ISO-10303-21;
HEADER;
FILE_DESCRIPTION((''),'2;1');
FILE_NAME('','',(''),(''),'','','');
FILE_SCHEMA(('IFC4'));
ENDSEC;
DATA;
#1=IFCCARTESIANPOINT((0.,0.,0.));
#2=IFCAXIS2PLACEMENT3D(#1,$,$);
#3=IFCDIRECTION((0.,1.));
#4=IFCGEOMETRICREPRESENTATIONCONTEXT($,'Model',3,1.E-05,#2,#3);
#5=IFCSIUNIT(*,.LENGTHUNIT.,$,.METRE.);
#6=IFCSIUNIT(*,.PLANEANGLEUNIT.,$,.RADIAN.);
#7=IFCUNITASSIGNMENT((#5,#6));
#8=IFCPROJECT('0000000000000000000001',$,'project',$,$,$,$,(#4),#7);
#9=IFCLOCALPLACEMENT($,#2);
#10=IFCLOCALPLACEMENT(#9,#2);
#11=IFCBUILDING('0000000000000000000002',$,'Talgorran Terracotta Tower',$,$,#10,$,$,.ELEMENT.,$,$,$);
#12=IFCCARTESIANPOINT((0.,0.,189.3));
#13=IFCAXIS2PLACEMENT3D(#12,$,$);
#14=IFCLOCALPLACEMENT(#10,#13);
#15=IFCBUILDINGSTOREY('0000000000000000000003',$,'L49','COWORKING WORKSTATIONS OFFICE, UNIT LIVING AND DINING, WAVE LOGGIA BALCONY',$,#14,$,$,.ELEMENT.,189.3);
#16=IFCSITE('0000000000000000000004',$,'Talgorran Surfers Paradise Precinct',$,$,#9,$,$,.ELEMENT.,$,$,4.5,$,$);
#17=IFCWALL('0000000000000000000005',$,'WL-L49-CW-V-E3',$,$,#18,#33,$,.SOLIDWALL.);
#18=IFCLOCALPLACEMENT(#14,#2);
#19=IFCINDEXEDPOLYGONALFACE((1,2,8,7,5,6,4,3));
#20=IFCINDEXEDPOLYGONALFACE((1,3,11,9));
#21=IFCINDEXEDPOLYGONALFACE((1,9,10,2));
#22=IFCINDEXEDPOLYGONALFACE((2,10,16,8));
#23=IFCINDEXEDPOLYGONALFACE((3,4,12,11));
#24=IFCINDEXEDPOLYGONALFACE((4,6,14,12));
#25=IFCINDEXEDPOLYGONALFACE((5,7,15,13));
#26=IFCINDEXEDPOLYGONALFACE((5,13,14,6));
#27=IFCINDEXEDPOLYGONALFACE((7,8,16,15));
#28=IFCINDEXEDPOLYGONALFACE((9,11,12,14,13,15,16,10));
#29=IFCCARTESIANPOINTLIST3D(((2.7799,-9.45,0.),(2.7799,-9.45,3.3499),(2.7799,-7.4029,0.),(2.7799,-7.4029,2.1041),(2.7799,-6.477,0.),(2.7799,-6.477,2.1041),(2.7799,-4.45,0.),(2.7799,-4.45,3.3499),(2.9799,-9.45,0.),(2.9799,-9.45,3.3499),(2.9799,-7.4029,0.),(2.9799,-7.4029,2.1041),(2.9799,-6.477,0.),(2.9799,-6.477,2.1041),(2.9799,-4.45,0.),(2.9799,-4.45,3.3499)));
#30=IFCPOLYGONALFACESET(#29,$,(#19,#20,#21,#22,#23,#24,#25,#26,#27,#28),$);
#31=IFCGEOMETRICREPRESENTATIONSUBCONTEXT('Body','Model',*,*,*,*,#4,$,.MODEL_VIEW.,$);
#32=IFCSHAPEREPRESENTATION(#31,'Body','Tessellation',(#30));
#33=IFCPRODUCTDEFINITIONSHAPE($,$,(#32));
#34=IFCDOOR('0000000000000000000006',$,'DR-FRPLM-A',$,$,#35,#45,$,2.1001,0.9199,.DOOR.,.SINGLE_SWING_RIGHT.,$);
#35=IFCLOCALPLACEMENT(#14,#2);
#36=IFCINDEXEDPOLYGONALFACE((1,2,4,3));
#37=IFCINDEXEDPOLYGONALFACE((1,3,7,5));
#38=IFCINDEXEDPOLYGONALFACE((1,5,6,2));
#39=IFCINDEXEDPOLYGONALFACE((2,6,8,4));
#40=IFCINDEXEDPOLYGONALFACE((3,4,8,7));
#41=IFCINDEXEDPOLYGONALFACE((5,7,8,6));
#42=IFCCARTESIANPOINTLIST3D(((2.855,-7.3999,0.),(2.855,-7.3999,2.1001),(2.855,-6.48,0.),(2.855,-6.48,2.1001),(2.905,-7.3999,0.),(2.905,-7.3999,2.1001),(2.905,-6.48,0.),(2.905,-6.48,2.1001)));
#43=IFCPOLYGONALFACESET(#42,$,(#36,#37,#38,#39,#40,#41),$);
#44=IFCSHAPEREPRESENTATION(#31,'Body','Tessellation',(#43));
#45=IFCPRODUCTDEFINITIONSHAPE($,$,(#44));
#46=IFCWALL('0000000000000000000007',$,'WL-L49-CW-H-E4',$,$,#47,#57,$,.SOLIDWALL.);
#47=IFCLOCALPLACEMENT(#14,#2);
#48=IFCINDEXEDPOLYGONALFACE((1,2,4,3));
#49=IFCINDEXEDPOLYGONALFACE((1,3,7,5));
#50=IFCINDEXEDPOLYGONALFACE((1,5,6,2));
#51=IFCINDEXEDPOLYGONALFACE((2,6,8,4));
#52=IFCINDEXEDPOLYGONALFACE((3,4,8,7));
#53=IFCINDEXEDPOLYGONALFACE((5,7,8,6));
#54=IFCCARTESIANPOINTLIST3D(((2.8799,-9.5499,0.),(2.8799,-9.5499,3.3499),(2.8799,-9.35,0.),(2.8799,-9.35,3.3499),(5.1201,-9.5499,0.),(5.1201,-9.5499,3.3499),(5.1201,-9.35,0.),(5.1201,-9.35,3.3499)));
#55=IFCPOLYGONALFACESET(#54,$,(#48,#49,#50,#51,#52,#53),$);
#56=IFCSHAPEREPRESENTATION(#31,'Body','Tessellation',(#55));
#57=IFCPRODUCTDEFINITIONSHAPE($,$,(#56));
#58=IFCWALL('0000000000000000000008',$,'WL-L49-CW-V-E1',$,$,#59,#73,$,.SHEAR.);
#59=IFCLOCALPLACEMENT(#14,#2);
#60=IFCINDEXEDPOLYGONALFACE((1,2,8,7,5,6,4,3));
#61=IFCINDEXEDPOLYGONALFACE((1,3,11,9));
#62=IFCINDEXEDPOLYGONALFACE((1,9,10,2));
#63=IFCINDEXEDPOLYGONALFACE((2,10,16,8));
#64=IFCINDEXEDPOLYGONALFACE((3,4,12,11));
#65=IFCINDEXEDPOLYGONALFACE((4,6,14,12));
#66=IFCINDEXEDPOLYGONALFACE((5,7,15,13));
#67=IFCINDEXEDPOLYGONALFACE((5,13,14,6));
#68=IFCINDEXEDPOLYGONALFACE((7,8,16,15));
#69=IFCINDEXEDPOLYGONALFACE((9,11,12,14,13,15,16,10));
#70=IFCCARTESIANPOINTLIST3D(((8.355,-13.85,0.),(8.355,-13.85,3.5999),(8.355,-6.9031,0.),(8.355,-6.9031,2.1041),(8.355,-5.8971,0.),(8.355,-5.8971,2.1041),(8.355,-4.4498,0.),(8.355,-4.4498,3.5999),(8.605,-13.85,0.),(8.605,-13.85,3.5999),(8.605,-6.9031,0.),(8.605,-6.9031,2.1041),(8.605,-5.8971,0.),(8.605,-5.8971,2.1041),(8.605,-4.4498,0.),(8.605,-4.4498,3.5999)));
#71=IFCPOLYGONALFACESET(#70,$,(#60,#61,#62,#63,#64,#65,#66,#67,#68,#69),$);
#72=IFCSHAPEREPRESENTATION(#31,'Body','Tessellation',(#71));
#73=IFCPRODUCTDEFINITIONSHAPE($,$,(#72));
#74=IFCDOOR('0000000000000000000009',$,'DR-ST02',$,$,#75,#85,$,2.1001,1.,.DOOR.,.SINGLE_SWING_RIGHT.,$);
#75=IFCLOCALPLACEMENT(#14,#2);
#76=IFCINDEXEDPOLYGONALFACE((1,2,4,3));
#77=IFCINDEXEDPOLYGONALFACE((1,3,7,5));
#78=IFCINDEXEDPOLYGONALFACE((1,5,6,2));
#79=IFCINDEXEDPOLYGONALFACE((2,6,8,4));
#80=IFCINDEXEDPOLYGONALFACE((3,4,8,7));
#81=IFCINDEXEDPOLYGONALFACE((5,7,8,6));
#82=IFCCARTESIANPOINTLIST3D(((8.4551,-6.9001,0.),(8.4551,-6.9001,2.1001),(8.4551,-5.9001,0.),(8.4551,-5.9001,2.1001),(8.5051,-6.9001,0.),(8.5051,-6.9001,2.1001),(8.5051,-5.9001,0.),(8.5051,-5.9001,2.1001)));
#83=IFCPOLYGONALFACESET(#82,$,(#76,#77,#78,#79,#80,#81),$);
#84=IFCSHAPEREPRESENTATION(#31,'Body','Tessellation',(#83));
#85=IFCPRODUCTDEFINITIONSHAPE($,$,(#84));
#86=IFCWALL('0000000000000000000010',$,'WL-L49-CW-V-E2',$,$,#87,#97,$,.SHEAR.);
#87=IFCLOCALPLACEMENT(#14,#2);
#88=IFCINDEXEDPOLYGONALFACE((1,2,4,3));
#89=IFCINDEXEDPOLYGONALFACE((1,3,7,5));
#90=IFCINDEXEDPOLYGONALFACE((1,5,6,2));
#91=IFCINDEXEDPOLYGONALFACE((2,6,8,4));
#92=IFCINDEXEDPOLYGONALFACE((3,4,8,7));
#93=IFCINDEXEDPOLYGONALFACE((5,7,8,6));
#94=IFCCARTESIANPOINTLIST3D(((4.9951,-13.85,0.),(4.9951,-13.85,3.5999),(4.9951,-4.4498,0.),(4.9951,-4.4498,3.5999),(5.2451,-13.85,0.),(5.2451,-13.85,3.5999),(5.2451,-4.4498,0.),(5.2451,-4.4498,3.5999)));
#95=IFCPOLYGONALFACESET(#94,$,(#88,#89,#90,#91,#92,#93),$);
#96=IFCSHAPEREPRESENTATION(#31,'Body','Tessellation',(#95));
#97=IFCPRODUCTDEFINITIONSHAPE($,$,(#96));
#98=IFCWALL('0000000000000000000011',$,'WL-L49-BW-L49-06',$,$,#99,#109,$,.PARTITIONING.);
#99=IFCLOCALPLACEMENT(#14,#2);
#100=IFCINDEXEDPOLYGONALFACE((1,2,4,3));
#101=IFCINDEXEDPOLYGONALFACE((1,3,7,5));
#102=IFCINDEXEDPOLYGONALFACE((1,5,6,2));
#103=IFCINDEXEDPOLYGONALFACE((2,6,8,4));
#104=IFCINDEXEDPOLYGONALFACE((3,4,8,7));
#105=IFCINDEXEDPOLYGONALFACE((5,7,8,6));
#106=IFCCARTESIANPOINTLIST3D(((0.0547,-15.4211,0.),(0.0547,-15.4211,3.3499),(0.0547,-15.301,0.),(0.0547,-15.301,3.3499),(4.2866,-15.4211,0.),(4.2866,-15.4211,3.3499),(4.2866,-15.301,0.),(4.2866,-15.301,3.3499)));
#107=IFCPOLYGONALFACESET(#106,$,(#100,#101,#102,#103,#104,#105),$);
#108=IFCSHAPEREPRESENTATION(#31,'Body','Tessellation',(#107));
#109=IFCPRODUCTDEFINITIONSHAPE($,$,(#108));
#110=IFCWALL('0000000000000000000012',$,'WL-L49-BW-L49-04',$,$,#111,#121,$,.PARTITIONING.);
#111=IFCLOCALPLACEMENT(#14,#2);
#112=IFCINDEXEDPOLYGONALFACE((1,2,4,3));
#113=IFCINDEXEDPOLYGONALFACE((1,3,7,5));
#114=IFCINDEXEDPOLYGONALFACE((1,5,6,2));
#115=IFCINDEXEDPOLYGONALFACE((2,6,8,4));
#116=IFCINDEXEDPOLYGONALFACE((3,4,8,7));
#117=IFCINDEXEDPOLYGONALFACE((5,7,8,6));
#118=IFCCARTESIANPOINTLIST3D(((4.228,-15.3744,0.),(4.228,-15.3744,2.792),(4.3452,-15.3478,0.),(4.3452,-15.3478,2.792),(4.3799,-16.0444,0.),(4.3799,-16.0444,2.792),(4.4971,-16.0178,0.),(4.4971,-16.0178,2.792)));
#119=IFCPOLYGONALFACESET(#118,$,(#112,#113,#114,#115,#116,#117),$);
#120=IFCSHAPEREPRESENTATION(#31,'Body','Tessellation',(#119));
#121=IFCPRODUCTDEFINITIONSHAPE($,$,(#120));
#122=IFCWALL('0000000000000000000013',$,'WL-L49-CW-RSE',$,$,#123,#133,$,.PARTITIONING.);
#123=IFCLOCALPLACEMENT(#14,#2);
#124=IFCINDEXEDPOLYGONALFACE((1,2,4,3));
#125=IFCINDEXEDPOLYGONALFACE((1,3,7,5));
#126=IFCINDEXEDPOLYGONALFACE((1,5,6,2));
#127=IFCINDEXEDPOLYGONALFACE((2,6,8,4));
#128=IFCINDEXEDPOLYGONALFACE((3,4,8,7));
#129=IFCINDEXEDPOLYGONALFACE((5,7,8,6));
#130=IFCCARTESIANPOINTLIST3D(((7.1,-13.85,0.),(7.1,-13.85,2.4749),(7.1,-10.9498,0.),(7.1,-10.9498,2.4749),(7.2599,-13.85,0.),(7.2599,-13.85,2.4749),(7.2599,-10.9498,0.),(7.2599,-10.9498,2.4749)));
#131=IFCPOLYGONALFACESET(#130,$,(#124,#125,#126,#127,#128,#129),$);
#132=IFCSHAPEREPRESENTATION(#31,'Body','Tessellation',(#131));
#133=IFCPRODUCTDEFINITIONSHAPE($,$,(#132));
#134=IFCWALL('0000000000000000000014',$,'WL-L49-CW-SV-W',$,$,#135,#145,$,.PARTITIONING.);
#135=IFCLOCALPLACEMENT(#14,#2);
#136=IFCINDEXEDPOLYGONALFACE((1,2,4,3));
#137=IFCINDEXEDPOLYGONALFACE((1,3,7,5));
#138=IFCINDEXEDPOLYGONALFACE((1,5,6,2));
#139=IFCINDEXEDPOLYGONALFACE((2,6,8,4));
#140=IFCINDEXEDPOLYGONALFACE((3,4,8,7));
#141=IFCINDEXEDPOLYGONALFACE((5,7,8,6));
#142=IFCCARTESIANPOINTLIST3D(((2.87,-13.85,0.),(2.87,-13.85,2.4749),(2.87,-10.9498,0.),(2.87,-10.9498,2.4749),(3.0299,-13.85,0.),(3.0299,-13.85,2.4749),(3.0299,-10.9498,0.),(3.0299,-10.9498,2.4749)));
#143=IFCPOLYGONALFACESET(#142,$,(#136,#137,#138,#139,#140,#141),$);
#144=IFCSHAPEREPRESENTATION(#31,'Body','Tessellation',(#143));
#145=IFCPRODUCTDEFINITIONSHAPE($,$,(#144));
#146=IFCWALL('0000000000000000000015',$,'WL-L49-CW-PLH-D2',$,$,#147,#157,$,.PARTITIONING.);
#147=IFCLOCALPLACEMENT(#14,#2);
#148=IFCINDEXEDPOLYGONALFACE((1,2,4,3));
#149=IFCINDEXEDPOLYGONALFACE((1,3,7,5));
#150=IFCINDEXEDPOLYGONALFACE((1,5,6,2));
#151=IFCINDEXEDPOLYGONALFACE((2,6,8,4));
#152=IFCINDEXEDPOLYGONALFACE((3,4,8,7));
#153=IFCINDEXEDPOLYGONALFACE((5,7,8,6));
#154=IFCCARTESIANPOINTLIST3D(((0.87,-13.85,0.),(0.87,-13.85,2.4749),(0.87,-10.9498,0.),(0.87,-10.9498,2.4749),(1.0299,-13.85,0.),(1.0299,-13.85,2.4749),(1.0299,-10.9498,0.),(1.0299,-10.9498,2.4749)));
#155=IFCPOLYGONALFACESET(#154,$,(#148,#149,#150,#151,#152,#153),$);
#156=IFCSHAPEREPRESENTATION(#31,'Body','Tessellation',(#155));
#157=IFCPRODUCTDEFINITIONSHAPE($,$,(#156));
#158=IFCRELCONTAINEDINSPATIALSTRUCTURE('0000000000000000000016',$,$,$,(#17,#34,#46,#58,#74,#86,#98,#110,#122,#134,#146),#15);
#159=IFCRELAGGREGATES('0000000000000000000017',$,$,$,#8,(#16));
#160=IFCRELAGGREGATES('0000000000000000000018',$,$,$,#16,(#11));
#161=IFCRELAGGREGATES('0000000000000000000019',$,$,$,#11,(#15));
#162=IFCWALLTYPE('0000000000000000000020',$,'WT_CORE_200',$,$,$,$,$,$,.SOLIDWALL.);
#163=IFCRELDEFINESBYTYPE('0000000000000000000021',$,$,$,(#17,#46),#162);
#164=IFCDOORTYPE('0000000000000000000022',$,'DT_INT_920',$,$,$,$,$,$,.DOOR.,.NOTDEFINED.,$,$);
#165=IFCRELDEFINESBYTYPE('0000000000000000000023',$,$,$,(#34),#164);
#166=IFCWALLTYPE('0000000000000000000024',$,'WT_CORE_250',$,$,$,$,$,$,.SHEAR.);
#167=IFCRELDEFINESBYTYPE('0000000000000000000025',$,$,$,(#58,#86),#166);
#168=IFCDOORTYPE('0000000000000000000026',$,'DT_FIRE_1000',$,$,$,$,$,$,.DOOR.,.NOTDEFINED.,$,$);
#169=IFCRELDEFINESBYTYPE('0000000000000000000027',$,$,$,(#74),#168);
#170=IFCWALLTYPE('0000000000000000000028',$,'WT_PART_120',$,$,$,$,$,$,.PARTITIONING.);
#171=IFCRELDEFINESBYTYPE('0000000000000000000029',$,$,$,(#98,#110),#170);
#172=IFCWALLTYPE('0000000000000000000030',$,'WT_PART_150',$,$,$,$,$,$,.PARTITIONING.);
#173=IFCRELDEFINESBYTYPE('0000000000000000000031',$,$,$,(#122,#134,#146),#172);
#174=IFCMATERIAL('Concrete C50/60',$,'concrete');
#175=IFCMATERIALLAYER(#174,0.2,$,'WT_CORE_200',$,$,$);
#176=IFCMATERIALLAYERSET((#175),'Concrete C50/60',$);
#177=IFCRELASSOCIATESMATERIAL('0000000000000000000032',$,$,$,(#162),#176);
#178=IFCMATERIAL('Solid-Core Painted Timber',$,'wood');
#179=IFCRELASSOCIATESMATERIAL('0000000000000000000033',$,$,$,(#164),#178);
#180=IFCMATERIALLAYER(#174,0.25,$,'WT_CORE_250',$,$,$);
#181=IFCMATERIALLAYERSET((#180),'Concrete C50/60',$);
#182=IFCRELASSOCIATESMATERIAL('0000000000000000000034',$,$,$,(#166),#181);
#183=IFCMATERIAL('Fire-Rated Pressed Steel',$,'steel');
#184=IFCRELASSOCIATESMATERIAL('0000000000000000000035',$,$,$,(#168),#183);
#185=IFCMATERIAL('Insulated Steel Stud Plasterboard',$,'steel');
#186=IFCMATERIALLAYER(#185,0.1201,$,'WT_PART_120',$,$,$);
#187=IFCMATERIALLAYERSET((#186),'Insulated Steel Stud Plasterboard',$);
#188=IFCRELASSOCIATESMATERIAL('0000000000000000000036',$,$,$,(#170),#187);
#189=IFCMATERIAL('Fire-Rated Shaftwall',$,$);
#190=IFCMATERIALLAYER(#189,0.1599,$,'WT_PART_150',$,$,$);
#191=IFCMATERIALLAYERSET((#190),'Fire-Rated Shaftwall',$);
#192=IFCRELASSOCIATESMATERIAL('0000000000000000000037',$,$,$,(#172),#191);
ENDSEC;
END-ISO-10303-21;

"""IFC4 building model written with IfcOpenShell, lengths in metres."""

from ifc_helpers import new_model, si_unit, direction, frame, frame_2d, origin, place, context, subcontext, project, spatial, rectangle, extrude, material, layer, layer_set, type_object, element, fill, save


model = new_model("IFC4")

# Units and contexts
model_context = context("Model", 3, precision=1e-05, world=origin(), true_north=direction((0.0, 1.0)))
body_context = subcontext(model_context, "Body", "Model", "MODEL_VIEW")
ifc_project = project(units=[si_unit("LENGTHUNIT", "METRE"), si_unit("PLANEANGLEUNIT", "RADIAN")], contexts=[model_context])

# Site, building, storey
site_placement = place(None, origin())
site = spatial("IfcSite", under=ifc_project, at=site_placement, Name="Talgorran Surfers Paradise Precinct", CompositionType="ELEMENT", RefElevation=4.5)
building_placement = place(site_placement, origin())
building = spatial("IfcBuilding", under=site, at=building_placement, Name="Talgorran Terracotta Tower", CompositionType="ELEMENT")
storey_placement = place(building_placement, frame((0.0, 0.0, 189.3)))
storey = spatial("IfcBuildingStorey", under=building, at=storey_placement, Name="L49", Description="COWORKING WORKSTATIONS OFFICE, UNIT LIVING AND DINING, WAVE LOGGIA BALCONY", CompositionType="ELEMENT", Elevation=189.3)

# Shared definitions
ifc_material_1 = material(Name="Concrete C50/60", Category="concrete")

# Shared definitions
ifc_layer_1 = layer(ifc_material_1, 0.2, Name="WT_CORE_200")
ifc_layer_set_1 = layer_set([ifc_layer_1], Name="Concrete C50/60")
wall_type_1 = type_object("IfcWallType", Name="WT_CORE_200", PredefinedType="SOLIDWALL", material=ifc_layer_set_1)

# Shared definitions
ifc_material_2 = material(Name="Fire-Rated Pressed Steel", Category="steel")

# Wall, opening, door
wall_1_placement = place(storey_placement, frame((2.8799, -9.45, 0.0), z_axis=(0.0, 0.0, 1.0), x_axis=(0.0, 1.0, 0.0)))
wall_1 = element("IfcWall", 1, at=wall_1_placement, inside=storey, type_object=wall_type_1, Name="WL-L49-CW-V-E3", PredefinedType="SOLIDWALL", context=body_context, shape_type="SweptSolid", body=[
    extrude(rectangle(XDim=5.0, YDim=0.2, at=frame_2d((2.5, 0.0))), origin(), (0.0, 0.0, 1.0), 3.3499),
])
opening_1_placement = place(wall_1_placement, frame((2.05, 0.0, 0.0)))
opening_1 = element("IfcOpeningElement", 2, at=opening_1_placement, cuts=wall_1, PredefinedType="OPENING", context=body_context, shape_type="SweptSolid", body=[
    extrude(rectangle(XDim=0.9259, YDim=2.1041, at=frame_2d((0.46, 1.052))), frame((0.0, 0.1099, 0.0), z_axis=(0.0, -1.0, 0.0), x_axis=(1.0, 0.0, 0.0)), (0.0, 0.0, 1.0), 0.22),
])
ifc_material_3 = material(Name="Solid-Core Painted Timber", Category="wood")
door_type_1 = type_object("IfcDoorType", Name="DT_INT_920", OperationType="NOTDEFINED", PredefinedType="DOOR", material=ifc_material_3)
door_1_placement = place(opening_1_placement, origin())
door_1 = element("IfcDoor", 3, at=door_1_placement, inside=storey, type_object=door_type_1, Name="DR-FRPLM-A", OperationType="SINGLE_SWING_RIGHT", OverallHeight=2.1001, OverallWidth=0.9199, PredefinedType="DOOR", context=body_context, shape_type="SweptSolid", body=[
    extrude(rectangle(XDim=0.9199, YDim=2.1001, at=frame_2d((0.46, 1.05))), frame((0.0, 0.0249, 0.0), z_axis=(0.0, -1.0, 0.0), x_axis=(1.0, 0.0, 0.0)), (0.0, 0.0, 1.0), 0.05),
])
fill(opening_1, door_1)

# Wall
wall_2_placement = place(storey_placement, frame((2.8799, -9.45, 0.0), z_axis=(0.0, 0.0, 1.0), x_axis=(1.0, 0.0, 0.0)))
element("IfcWall", 4, at=wall_2_placement, inside=storey, type_object=wall_type_1, Name="WL-L49-CW-H-E4", PredefinedType="SOLIDWALL", context=body_context, shape_type="SweptSolid", body=[
    extrude(rectangle(XDim=2.2402, YDim=0.2, at=frame_2d((1.1201, 0.0))), origin(), (0.0, 0.0, 1.0), 3.3499),
])

# Wall, opening, door
ifc_layer_2 = layer(ifc_material_1, 0.25, Name="WT_CORE_250")
ifc_layer_set_2 = layer_set([ifc_layer_2], Name="Concrete C50/60")
wall_type_2 = type_object("IfcWallType", Name="WT_CORE_250", PredefinedType="SHEAR", material=ifc_layer_set_2)
wall_3_placement = place(storey_placement, frame((8.48, -13.8501, 0.0), z_axis=(0.0, 0.0, 1.0), x_axis=(0.0, 1.0, 0.0)))
wall_3 = element("IfcWall", 5, at=wall_3_placement, inside=storey, type_object=wall_type_2, Name="WL-L49-CW-V-E1", PredefinedType="SHEAR", context=body_context, shape_type="SweptSolid", body=[
    extrude(rectangle(XDim=9.4001, YDim=0.25, at=frame_2d((4.7002, 0.0))), origin(), (0.0, 0.0, 1.0), 3.5999),
])
opening_2_placement = place(wall_3_placement, frame((6.95, 0.0, 0.0)))
opening_2 = element("IfcOpeningElement", 6, at=opening_2_placement, cuts=wall_3, PredefinedType="OPENING", context=body_context, shape_type="SweptSolid", body=[
    extrude(rectangle(XDim=1.006, YDim=2.1041, at=frame_2d((0.5, 1.052))), frame((0.0, 0.135, 0.0), z_axis=(0.0, -1.0, 0.0), x_axis=(1.0, 0.0, 0.0)), (0.0, 0.0, 1.0), 0.27),
])
door_type_2 = type_object("IfcDoorType", Name="DT_FIRE_1000", OperationType="NOTDEFINED", PredefinedType="DOOR", material=ifc_material_2)
door_2_placement = place(opening_2_placement, origin())
door_2 = element("IfcDoor", 7, at=door_2_placement, inside=storey, type_object=door_type_2, Name="DR-ST02", OperationType="SINGLE_SWING_RIGHT", OverallHeight=2.1001, OverallWidth=1.0, PredefinedType="DOOR", context=body_context, shape_type="SweptSolid", body=[
    extrude(rectangle(XDim=1.0, YDim=2.1001, at=frame_2d((0.5, 1.05))), frame((0.0, 0.0249, 0.0), z_axis=(0.0, -1.0, 0.0), x_axis=(1.0, 0.0, 0.0)), (0.0, 0.0, 1.0), 0.05),
])
fill(opening_2, door_2)

# Walls
wall_4_placement = place(storey_placement, frame((5.1201, -13.8501, 0.0), z_axis=(0.0, 0.0, 1.0), x_axis=(0.0, 1.0, 0.0)))
element("IfcWall", 8, at=wall_4_placement, inside=storey, type_object=wall_type_2, Name="WL-L49-CW-V-E2", PredefinedType="SHEAR", context=body_context, shape_type="SweptSolid", body=[
    extrude(rectangle(XDim=9.4001, YDim=0.25, at=frame_2d((4.7002, 0.0))), origin(), (0.0, 0.0, 1.0), 3.5999),
])
ifc_material_4 = material(Name="Insulated Steel Stud Plasterboard", Category="steel")
ifc_layer_3 = layer(ifc_material_4, 0.1201, Name="WT_PART_120")
ifc_layer_set_3 = layer_set([ifc_layer_3], Name="Insulated Steel Stud Plasterboard")
wall_type_3 = type_object("IfcWallType", Name="WT_PART_120", PredefinedType="PARTITIONING", material=ifc_layer_set_3)
wall_5_placement = place(storey_placement, frame((0.0547, -15.3611, 0.0), z_axis=(0.0, 0.0, 1.0), x_axis=(1.0, 0.0, 0.0)))
element("IfcWall", 9, at=wall_5_placement, inside=storey, type_object=wall_type_3, Name="WL-L49-BW-L49-06", PredefinedType="PARTITIONING", context=body_context, shape_type="SweptSolid", body=[
    extrude(rectangle(XDim=4.2319, YDim=0.1201, at=frame_2d((2.116, 0.0))), origin(), (0.0, 0.0, 1.0), 3.3499),
])
wall_6_placement = place(storey_placement, frame((4.2866, -15.3611, 0.0), z_axis=(0.0, 0.0, 1.0), x_axis=(0.221068, -0.975258, 0.0)))
element("IfcWall", 10, at=wall_6_placement, inside=storey, type_object=wall_type_3, Name="WL-L49-BW-L49-04", PredefinedType="PARTITIONING", context=body_context, shape_type="SweptSolid", body=[
    extrude(rectangle(XDim=0.687, YDim=0.1201, at=frame_2d((0.3435, 0.0))), origin(), (0.0, 0.0, 1.0), 2.792),
])
ifc_material_5 = material(Name="Fire-Rated Shaftwall")
ifc_layer_4 = layer(ifc_material_5, 0.1599, Name="WT_PART_150")
ifc_layer_set_4 = layer_set([ifc_layer_4], Name="Fire-Rated Shaftwall")
wall_type_4 = type_object("IfcWallType", Name="WT_PART_150", PredefinedType="PARTITIONING", material=ifc_layer_set_4)
for number, where, z_axis, x_axis, name in (
    (11, (7.1799, -13.8501, 0.0), (0.0, 0.0, 1.0), (0.0, 1.0, 0.0), "WL-L49-CW-RSE"),
    (12, (2.95, -13.8501, 0.0), (0.0, 0.0, 1.0), (0.0, 1.0, 0.0), "WL-L49-CW-SV-W"),
    (13, (0.95, -13.8501, 0.0), (0.0, 0.0, 1.0), (0.0, 1.0, 0.0), "WL-L49-CW-PLH-D2"),
):
    element("IfcWall", number, at=place(storey_placement, frame(where, z_axis=z_axis, x_axis=x_axis)), inside=storey, type_object=wall_type_4, Name=name, PredefinedType="PARTITIONING", context=body_context, shape_type="SweptSolid", body=[
        extrude(rectangle(XDim=2.9001, YDim=0.1599, at=frame_2d((1.4502, 0.0))), origin(), (0.0, 0.0, 1.0), 2.4749),
    ])

save(model, "model.ifc")
